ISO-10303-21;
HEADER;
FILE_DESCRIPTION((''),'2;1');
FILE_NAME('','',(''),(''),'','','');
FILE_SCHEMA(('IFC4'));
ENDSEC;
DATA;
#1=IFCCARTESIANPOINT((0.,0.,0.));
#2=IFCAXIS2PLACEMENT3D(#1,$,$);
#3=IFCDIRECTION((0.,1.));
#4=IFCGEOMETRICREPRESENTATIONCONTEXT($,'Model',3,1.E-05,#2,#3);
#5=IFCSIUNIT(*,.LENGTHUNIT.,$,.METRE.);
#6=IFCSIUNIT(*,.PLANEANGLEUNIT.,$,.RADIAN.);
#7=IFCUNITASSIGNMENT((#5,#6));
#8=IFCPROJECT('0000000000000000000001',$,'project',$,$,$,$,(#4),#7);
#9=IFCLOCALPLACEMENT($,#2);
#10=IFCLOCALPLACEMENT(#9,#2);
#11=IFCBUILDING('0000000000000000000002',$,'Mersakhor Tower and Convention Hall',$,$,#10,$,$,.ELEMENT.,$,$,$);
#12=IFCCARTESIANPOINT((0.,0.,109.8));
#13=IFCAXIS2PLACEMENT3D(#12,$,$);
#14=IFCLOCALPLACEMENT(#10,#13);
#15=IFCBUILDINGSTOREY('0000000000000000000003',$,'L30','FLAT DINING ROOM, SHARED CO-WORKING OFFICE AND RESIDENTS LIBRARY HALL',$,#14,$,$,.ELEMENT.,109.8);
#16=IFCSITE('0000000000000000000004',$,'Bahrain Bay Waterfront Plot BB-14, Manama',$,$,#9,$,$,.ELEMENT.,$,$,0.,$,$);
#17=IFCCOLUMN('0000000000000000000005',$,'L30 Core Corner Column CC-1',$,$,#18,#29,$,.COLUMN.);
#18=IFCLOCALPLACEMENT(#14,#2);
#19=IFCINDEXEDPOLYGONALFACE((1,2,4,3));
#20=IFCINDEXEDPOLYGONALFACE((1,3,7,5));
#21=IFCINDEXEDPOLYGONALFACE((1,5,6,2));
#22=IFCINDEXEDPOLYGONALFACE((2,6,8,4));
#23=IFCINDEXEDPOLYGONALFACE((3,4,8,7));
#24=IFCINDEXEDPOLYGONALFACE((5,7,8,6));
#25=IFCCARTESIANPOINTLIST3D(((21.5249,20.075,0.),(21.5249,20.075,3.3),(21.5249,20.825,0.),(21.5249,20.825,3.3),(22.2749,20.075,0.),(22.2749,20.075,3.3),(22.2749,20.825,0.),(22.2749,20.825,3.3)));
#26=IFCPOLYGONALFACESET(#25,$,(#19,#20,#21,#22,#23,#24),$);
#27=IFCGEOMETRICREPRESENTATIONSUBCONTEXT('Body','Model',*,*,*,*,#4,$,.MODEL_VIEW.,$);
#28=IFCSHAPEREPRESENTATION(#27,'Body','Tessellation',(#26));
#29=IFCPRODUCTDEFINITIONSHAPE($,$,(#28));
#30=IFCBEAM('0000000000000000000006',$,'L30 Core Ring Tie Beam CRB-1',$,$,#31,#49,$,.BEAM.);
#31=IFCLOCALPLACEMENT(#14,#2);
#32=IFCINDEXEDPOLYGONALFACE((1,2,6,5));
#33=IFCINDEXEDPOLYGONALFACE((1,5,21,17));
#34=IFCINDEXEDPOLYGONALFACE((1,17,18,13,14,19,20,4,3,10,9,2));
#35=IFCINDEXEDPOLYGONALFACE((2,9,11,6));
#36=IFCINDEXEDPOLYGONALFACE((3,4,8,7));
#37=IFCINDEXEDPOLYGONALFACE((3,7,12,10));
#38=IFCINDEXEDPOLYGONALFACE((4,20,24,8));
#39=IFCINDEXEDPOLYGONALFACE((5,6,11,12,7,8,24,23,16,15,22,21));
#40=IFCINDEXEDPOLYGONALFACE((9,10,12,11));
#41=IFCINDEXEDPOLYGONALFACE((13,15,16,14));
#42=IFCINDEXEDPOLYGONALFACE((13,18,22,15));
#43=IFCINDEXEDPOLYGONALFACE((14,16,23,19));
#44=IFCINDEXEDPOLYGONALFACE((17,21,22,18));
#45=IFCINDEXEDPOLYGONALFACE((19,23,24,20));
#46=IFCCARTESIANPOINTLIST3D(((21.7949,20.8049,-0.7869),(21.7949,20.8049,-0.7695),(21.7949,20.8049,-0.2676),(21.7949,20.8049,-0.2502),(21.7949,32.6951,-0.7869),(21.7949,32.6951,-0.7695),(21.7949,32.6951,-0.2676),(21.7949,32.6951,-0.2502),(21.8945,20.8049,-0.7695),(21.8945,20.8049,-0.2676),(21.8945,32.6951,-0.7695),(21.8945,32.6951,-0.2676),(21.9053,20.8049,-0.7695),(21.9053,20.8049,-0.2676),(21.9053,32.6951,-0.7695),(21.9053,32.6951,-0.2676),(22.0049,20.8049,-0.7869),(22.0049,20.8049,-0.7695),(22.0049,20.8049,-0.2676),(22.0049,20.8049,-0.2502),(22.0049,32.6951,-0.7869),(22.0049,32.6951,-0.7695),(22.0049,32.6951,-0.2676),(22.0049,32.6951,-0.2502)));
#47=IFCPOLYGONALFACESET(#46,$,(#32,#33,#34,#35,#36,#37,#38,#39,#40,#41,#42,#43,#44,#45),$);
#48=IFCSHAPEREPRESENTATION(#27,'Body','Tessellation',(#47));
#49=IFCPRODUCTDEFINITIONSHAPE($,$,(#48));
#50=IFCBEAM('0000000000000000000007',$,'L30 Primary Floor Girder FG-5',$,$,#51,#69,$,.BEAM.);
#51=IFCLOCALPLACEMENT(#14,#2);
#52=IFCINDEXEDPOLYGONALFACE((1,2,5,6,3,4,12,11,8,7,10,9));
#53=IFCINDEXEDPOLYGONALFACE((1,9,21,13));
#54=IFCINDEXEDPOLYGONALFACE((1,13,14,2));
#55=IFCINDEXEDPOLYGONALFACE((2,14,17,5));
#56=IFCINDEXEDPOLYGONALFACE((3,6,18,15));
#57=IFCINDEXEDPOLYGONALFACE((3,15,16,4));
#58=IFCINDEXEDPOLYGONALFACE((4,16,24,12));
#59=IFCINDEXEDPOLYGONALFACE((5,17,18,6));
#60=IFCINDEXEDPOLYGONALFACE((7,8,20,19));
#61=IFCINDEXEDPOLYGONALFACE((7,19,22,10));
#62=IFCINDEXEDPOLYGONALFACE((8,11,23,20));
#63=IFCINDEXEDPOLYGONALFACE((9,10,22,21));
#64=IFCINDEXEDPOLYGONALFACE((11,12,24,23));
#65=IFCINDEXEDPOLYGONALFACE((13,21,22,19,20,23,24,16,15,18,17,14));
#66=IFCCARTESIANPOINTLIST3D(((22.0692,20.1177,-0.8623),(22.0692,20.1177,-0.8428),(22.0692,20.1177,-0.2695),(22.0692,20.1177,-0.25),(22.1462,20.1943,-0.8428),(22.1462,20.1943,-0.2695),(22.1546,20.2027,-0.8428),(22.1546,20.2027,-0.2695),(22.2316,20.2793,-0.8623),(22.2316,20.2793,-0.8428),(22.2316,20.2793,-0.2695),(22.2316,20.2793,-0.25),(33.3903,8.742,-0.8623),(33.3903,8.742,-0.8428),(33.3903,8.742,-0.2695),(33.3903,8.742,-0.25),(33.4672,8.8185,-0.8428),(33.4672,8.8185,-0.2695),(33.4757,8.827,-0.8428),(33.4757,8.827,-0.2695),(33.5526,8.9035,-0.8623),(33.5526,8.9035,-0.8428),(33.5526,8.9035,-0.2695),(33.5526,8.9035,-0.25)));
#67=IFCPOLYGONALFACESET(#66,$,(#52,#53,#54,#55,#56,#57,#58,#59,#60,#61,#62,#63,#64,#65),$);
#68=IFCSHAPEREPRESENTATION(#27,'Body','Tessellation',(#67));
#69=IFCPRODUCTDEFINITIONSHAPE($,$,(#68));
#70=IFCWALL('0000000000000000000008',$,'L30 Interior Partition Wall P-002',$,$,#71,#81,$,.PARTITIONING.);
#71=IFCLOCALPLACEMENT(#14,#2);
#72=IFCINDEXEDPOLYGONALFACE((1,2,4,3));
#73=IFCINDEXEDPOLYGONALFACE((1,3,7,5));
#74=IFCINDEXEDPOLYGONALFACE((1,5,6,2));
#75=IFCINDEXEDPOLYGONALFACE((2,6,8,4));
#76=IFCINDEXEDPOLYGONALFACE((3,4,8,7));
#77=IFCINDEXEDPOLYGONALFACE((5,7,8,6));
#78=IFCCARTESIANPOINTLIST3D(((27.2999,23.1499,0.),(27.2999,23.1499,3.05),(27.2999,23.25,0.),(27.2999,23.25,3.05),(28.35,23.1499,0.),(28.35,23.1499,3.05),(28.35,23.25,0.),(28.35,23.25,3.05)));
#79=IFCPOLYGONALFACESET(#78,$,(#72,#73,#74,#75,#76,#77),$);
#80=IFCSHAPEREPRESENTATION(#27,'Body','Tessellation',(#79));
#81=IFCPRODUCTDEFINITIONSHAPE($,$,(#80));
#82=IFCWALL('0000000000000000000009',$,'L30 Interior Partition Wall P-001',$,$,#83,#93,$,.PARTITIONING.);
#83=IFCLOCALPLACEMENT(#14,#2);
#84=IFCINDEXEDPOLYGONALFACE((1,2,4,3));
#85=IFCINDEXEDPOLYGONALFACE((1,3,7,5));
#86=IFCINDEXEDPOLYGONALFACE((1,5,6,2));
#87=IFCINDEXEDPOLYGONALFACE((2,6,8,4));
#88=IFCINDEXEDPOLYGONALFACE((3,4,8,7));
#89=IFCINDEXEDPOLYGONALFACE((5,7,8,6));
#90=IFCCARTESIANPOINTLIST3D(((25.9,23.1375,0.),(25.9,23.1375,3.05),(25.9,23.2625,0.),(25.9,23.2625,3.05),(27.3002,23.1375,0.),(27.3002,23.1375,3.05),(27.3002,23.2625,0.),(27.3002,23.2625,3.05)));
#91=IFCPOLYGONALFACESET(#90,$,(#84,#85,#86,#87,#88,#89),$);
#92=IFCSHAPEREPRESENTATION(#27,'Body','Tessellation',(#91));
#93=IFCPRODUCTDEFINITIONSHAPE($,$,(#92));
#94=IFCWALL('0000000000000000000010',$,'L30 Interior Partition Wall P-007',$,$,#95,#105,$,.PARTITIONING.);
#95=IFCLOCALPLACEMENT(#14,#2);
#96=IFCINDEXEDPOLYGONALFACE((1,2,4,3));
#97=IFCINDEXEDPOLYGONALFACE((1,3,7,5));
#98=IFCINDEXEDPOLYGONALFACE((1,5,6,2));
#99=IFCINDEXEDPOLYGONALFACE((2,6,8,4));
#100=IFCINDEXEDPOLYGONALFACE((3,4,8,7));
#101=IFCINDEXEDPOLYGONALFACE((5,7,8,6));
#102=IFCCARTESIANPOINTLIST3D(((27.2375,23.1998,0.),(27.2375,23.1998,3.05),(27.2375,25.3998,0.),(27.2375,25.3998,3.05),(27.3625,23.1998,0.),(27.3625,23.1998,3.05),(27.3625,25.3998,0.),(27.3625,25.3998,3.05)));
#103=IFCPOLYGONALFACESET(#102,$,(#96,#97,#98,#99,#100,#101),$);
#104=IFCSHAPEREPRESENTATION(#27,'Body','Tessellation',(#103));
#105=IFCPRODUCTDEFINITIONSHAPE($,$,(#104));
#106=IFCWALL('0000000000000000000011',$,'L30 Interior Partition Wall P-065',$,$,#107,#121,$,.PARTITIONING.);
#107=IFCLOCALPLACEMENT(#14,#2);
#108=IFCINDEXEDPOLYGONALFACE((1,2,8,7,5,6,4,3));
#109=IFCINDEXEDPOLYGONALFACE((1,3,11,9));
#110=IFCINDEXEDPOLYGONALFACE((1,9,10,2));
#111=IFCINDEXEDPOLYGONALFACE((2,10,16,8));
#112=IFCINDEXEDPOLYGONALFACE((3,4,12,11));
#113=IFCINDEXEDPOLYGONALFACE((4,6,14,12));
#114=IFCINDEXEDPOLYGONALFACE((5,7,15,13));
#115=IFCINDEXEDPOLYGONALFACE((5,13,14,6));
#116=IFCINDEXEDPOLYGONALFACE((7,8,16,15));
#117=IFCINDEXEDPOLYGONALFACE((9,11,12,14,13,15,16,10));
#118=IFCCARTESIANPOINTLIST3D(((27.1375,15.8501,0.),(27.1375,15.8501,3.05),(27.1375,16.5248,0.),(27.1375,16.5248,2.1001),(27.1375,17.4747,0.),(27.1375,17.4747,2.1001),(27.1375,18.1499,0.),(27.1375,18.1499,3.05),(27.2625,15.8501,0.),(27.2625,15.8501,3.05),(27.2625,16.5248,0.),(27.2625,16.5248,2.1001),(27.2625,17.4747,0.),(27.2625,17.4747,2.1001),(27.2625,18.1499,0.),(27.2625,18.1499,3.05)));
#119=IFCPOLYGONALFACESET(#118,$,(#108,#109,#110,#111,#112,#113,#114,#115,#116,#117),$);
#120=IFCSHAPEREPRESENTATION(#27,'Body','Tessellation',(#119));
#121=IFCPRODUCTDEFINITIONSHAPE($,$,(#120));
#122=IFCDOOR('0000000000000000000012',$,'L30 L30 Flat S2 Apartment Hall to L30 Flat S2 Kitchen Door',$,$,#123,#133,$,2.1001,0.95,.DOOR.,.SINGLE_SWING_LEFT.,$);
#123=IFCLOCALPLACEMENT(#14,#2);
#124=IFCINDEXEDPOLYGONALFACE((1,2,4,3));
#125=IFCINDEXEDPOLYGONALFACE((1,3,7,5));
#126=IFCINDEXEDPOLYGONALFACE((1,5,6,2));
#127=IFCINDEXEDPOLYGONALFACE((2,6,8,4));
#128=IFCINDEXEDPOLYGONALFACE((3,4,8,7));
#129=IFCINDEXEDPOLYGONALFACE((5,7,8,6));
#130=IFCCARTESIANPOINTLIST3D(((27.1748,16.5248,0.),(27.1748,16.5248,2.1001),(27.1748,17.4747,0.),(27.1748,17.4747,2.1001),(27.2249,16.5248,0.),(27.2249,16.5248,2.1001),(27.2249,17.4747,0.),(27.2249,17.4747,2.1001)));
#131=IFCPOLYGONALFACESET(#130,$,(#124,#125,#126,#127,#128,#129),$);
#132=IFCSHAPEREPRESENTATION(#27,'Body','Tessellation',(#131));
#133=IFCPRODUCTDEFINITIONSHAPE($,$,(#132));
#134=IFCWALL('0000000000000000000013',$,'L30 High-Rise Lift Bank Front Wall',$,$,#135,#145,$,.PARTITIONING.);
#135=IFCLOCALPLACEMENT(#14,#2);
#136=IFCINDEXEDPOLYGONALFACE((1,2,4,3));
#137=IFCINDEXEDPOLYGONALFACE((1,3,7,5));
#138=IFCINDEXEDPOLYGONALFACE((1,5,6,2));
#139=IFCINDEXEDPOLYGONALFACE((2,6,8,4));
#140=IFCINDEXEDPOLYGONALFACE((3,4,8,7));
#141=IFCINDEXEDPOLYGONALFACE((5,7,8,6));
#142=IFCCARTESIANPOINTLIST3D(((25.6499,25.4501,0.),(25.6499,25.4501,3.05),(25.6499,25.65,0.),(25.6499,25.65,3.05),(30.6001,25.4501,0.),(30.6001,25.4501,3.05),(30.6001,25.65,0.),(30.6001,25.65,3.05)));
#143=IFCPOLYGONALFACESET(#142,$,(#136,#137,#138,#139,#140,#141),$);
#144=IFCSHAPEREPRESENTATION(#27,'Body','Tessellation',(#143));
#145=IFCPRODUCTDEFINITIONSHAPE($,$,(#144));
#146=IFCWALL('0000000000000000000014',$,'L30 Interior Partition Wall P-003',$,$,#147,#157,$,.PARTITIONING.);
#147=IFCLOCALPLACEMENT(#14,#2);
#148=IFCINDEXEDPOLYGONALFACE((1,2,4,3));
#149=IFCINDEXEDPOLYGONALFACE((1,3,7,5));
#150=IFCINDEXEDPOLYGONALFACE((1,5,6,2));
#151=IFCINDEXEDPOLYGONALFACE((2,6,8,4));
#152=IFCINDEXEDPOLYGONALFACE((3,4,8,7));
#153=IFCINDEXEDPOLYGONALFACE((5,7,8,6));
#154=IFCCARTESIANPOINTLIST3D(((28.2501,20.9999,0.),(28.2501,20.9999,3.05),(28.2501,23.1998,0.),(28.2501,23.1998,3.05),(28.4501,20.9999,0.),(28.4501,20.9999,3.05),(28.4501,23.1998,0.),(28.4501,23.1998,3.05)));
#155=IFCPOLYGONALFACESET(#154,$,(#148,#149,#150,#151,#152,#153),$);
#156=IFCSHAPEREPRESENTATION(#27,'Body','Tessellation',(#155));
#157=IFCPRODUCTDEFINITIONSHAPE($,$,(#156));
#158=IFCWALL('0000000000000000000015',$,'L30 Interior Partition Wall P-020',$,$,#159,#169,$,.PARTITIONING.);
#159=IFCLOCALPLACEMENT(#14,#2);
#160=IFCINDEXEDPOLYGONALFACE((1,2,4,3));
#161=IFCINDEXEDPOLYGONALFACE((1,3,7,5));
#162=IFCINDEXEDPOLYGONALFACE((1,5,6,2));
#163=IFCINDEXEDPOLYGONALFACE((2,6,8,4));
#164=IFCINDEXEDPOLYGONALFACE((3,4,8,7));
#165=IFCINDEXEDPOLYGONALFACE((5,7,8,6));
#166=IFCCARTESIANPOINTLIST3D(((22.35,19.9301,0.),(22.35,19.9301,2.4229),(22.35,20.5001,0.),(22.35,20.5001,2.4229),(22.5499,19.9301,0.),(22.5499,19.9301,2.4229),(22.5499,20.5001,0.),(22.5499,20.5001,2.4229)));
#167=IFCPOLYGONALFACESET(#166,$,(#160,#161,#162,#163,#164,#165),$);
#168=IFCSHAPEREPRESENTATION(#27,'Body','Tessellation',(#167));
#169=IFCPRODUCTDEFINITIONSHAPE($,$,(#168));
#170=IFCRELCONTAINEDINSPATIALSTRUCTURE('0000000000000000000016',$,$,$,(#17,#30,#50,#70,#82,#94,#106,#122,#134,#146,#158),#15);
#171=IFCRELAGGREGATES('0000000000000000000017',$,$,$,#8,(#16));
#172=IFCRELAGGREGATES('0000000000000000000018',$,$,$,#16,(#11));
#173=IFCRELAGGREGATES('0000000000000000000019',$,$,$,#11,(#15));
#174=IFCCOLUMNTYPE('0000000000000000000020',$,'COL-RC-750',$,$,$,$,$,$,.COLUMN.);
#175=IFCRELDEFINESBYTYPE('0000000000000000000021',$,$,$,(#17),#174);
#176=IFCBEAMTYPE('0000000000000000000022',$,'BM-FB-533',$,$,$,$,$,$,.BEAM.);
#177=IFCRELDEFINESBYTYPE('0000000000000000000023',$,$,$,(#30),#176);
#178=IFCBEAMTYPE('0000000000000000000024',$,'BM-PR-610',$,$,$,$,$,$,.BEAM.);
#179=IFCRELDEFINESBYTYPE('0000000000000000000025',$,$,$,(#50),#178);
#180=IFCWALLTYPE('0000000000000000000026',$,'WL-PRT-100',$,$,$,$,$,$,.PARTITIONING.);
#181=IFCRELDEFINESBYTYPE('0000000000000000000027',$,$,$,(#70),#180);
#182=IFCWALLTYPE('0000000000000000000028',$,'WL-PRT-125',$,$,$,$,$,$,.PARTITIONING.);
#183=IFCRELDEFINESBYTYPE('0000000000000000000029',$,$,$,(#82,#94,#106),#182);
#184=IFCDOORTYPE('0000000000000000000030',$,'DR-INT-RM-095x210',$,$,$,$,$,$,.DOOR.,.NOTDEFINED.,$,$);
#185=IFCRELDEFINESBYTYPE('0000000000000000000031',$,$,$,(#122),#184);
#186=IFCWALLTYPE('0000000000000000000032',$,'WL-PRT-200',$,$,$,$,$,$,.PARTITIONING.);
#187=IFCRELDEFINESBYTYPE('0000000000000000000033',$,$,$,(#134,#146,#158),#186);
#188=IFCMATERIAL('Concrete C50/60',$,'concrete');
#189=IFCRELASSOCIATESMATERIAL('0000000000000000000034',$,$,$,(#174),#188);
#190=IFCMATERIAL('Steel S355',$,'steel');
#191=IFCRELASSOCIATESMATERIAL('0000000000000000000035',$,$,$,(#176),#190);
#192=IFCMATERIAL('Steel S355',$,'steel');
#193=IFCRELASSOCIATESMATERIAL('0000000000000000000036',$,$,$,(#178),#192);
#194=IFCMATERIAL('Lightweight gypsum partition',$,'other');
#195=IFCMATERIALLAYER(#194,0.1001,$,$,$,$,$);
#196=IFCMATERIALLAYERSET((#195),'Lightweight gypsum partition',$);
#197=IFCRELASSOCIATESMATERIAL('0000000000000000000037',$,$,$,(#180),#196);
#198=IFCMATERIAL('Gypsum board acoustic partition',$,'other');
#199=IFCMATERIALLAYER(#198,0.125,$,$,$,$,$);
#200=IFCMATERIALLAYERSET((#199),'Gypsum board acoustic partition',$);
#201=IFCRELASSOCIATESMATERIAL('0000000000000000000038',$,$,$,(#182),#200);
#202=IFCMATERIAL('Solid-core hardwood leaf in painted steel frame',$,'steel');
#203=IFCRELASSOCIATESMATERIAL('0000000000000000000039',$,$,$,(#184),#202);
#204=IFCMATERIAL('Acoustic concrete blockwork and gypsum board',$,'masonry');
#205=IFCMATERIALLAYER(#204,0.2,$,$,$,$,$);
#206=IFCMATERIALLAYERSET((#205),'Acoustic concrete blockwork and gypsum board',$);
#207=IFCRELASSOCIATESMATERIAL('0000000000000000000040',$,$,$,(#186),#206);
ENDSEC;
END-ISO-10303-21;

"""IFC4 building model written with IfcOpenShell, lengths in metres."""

from ifc_helpers import new_model, si_unit, direction, frame, frame_2d, origin, origin_2d, place, context, subcontext, project, spatial, rectangle, i_section, extrude, material, layer, layer_set, material_profile, profile_set, type_object, element, fill, save


model = new_model("IFC4")

# Units and contexts
model_context = context("Model", 3, precision=1e-05, world=origin(), true_north=direction((0.0, 1.0)))
body_context = subcontext(model_context, "Body", "Model", "MODEL_VIEW")
ifc_project = project(units=[si_unit("LENGTHUNIT", "METRE"), si_unit("PLANEANGLEUNIT", "RADIAN")], contexts=[model_context])

# Site, building, storey
site_placement = place(None, origin())
site = spatial("IfcSite", under=ifc_project, at=site_placement, Name="Bahrain Bay Waterfront Plot BB-14, Manama", CompositionType="ELEMENT", RefElevation=0.0)
building_placement = place(site_placement, origin())
building = spatial("IfcBuilding", under=site, at=building_placement, Name="Mersakhor Tower and Convention Hall", CompositionType="ELEMENT")
storey_placement = place(building_placement, frame((0.0, 0.0, 109.8)))
storey = spatial("IfcBuildingStorey", under=building, at=storey_placement, Name="L30", Description="FLAT DINING ROOM, SHARED CO-WORKING OFFICE AND RESIDENTS LIBRARY HALL", CompositionType="ELEMENT", Elevation=109.8)

# Column
ifc_material_1 = material(Name="Concrete C50/60", Category="concrete")
ifc_material_profile_1 = material_profile(ifc_material_1, rectangle(XDim=0.75, YDim=0.75, at=origin_2d()), Name="RC 750x750")
ifc_profile_set_1 = profile_set([ifc_material_profile_1], Name="Concrete C50/60")
column_type = type_object("IfcColumnType", Name="COL-RC-750", PredefinedType="COLUMN", material=ifc_profile_set_1)
column_placement = place(storey_placement, frame((21.8999, 20.45, 0.0), z_axis=(0.0, 0.0, 1.0), x_axis=(1.0, 0.0, 0.0)))
element("IfcColumn", 1, at=column_placement, inside=storey, type_object=column_type, Name="L30 Core Corner Column CC-1", PredefinedType="COLUMN", context=body_context, shape_type="SweptSolid", body=[
    extrude(rectangle(XDim=0.75, YDim=0.75, at=origin_2d()), origin(), (0.0, 0.0, 1.0), 3.3),
])

# Beams
ifc_material_2 = material(Name="Steel S355", Category="steel")
ifc_material_profile_2 = material_profile(ifc_material_2, i_section(OverallWidth=0.21, OverallDepth=0.5366, WebThickness=0.0107, FlangeThickness=0.0173, at=origin_2d()), Name="UB 533x210x101")
ifc_profile_set_2 = profile_set([ifc_material_profile_2], Name="Steel S355")
beam_type_1 = type_object("IfcBeamType", Name="BM-FB-533", PredefinedType="BEAM", material=ifc_profile_set_2)
beam_1_placement = place(storey_placement, frame((21.8999, 20.8049, -0.5186), z_axis=(0.0, 1.0, 0.0), x_axis=(-1.0, 0.0, 0.0)))
element("IfcBeam", 2, at=beam_1_placement, inside=storey, type_object=beam_type_1, Name="L30 Core Ring Tie Beam CRB-1", PredefinedType="BEAM", context=body_context, shape_type="SweptSolid", body=[
    extrude(i_section(OverallWidth=0.21, OverallDepth=0.5366, WebThickness=0.0107, FlangeThickness=0.0173, at=origin_2d()), origin(), (0.0, 0.0, 1.0), 11.8901),
])
ifc_material_3 = material(Name="Steel S355", Category="steel")
ifc_material_profile_3 = material_profile(ifc_material_3, i_section(OverallWidth=0.229, OverallDepth=0.6123, WebThickness=0.012, FlangeThickness=0.0195, at=origin_2d()), Name="UB 610x229x125")
ifc_profile_set_3 = profile_set([ifc_material_profile_3], Name="Steel S355")
beam_type_2 = type_object("IfcBeamType", Name="BM-PR-610", PredefinedType="BEAM", material=ifc_profile_set_3)
beam_2_placement = place(storey_placement, frame((22.1504, 20.1985, -0.5562), z_axis=(0.705401, -0.708808, 0.0), x_axis=(0.708808, 0.705401, 0.0)))
element("IfcBeam", 3, at=beam_2_placement, inside=storey, type_object=beam_type_2, Name="L30 Primary Floor Girder FG-5", PredefinedType="BEAM", context=body_context, shape_type="SweptSolid", body=[
    extrude(i_section(OverallWidth=0.229, OverallDepth=0.6123, WebThickness=0.012, FlangeThickness=0.0195, at=origin_2d()), origin(), (0.0, 0.0, 1.0), 16.0491),
])

# Walls
ifc_material_4 = material(Name="Lightweight gypsum partition", Category="other")
ifc_layer_1 = layer(ifc_material_4, 0.1001)
ifc_layer_set_1 = layer_set([ifc_layer_1], Name="Lightweight gypsum partition")
wall_type_1 = type_object("IfcWallType", Name="WL-PRT-100", PredefinedType="PARTITIONING", material=ifc_layer_set_1)
wall_1_placement = place(storey_placement, frame((27.3, 23.2, 0.0), z_axis=(0.0, 0.0, 1.0), x_axis=(1.0, 0.0, 0.0)))
element("IfcWall", 4, at=wall_1_placement, inside=storey, type_object=wall_type_1, Name="L30 Interior Partition Wall P-002", PredefinedType="PARTITIONING", context=body_context, shape_type="SweptSolid", body=[
    extrude(rectangle(XDim=1.05, YDim=0.1001, at=frame_2d((0.5249, 0.0))), origin(), (0.0, 0.0, 1.0), 3.05),
])
ifc_material_5 = material(Name="Gypsum board acoustic partition", Category="other")
ifc_layer_2 = layer(ifc_material_5, 0.125)
ifc_layer_set_2 = layer_set([ifc_layer_2], Name="Gypsum board acoustic partition")
wall_type_2 = type_object("IfcWallType", Name="WL-PRT-125", PredefinedType="PARTITIONING", material=ifc_layer_set_2)
wall_2_placement = place(storey_placement, frame((25.8999, 23.2, 0.0), z_axis=(0.0, 0.0, 1.0), x_axis=(1.0, 0.0, 0.0)))
element("IfcWall", 5, at=wall_2_placement, inside=storey, type_object=wall_type_2, Name="L30 Interior Partition Wall P-001", PredefinedType="PARTITIONING", context=body_context, shape_type="SweptSolid", body=[
    extrude(rectangle(XDim=1.4001, YDim=0.125, at=frame_2d((0.7002, 0.0))), origin(), (0.0, 0.0, 1.0), 3.05),
])
wall_3_placement = place(storey_placement, frame((27.3, 25.3999, 0.0), z_axis=(0.0, 0.0, 1.0), x_axis=(0.0, -1.0, 0.0)))
element("IfcWall", 6, at=wall_3_placement, inside=storey, type_object=wall_type_2, Name="L30 Interior Partition Wall P-007", PredefinedType="PARTITIONING", context=body_context, shape_type="SweptSolid", body=[
    extrude(rectangle(XDim=2.2, YDim=0.125, at=frame_2d((1.1001, 0.0))), origin(), (0.0, 0.0, 1.0), 3.05),
])

# Wall, opening, door
wall_4_placement = place(storey_placement, frame((27.2, 18.1499, 0.0), z_axis=(0.0, 0.0, 1.0), x_axis=(0.0, -1.0, 0.0)))
wall_4 = element("IfcWall", 7, at=wall_4_placement, inside=storey, type_object=wall_type_2, Name="L30 Interior Partition Wall P-065", PredefinedType="PARTITIONING", context=body_context, shape_type="SweptSolid", body=[
    extrude(rectangle(XDim=2.2998, YDim=0.125, at=frame_2d((1.1499, 0.0))), origin(), (0.0, 0.0, 1.0), 3.05),
])
opening_1_placement = place(wall_4_placement, frame((0.675, 0.0, 0.0)))
opening_1 = element("IfcOpeningElement", 8, at=opening_1_placement, cuts=wall_4, PredefinedType="OPENING", context=body_context, shape_type="SweptSolid", body=[
    extrude(rectangle(XDim=0.95, YDim=2.1001, at=frame_2d((0.4751, 1.05))), frame((0.0, 0.0725, 0.0), z_axis=(0.0, -1.0, 0.0), x_axis=(1.0, 0.0, 0.0)), (0.0, 0.0, 1.0), 0.145),
])
ifc_material_6 = material(Name="Solid-core hardwood leaf in painted steel frame", Category="steel")
door_type_1 = type_object("IfcDoorType", Name="DR-INT-RM-095x210", OperationType="NOTDEFINED", PredefinedType="DOOR", material=ifc_material_6)
door_1_placement = place(opening_1_placement, origin())
door_1 = element("IfcDoor", 9, at=door_1_placement, inside=storey, type_object=door_type_1, Name="L30 L30 Flat S2 Apartment Hall to L30 Flat S2 Kitchen Door", OperationType="SINGLE_SWING_LEFT", OverallHeight=2.1001, OverallWidth=0.95, PredefinedType="DOOR", context=body_context, shape_type="SweptSolid", body=[
    extrude(rectangle(XDim=0.95, YDim=2.1001, at=frame_2d((0.4751, 1.05))), frame((0.0, 0.0249, 0.0), z_axis=(0.0, -1.0, 0.0), x_axis=(1.0, 0.0, 0.0)), (0.0, 0.0, 1.0), 0.05),
])
fill(opening_1, door_1)

# Walls
ifc_material_7 = material(Name="Acoustic concrete blockwork and gypsum board", Category="masonry")
ifc_layer_3 = layer(ifc_material_7, 0.2)
ifc_layer_set_3 = layer_set([ifc_layer_3], Name="Acoustic concrete blockwork and gypsum board")
wall_type_3 = type_object("IfcWallType", Name="WL-PRT-200", PredefinedType="PARTITIONING", material=ifc_layer_set_3)
wall_5_placement = place(storey_placement, frame((25.6499, 25.55, 0.0), z_axis=(0.0, 0.0, 1.0), x_axis=(1.0, 0.0, 0.0)))
element("IfcWall", 10, at=wall_5_placement, inside=storey, type_object=wall_type_3, Name="L30 High-Rise Lift Bank Front Wall", PredefinedType="PARTITIONING", context=body_context, shape_type="SweptSolid", body=[
    extrude(rectangle(XDim=4.9502, YDim=0.2, at=frame_2d((2.4751, 0.0))), origin(), (0.0, 0.0, 1.0), 3.05),
])
wall_6_placement = place(storey_placement, frame((28.3501, 23.2, 0.0), z_axis=(0.0, 0.0, 1.0), x_axis=(0.0, -1.0, 0.0)))
element("IfcWall", 11, at=wall_6_placement, inside=storey, type_object=wall_type_3, Name="L30 Interior Partition Wall P-003", PredefinedType="PARTITIONING", context=body_context, shape_type="SweptSolid", body=[
    extrude(rectangle(XDim=2.2, YDim=0.2, at=frame_2d((1.1001, 0.0))), origin(), (0.0, 0.0, 1.0), 3.05),
])
wall_7_placement = place(storey_placement, frame((22.45, 19.9299, 0.0), z_axis=(0.0, 0.0, 1.0), x_axis=(0.0, 1.0, 0.0)))
element("IfcWall", 12, at=wall_7_placement, inside=storey, type_object=wall_type_3, Name="L30 Interior Partition Wall P-020", PredefinedType="PARTITIONING", context=body_context, shape_type="SweptSolid", body=[
    extrude(rectangle(XDim=0.5701, YDim=0.2, at=frame_2d((0.2852, 0.0))), origin(), (0.0, 0.0, 1.0), 2.4229),
])

save(model, "model.ifc")
